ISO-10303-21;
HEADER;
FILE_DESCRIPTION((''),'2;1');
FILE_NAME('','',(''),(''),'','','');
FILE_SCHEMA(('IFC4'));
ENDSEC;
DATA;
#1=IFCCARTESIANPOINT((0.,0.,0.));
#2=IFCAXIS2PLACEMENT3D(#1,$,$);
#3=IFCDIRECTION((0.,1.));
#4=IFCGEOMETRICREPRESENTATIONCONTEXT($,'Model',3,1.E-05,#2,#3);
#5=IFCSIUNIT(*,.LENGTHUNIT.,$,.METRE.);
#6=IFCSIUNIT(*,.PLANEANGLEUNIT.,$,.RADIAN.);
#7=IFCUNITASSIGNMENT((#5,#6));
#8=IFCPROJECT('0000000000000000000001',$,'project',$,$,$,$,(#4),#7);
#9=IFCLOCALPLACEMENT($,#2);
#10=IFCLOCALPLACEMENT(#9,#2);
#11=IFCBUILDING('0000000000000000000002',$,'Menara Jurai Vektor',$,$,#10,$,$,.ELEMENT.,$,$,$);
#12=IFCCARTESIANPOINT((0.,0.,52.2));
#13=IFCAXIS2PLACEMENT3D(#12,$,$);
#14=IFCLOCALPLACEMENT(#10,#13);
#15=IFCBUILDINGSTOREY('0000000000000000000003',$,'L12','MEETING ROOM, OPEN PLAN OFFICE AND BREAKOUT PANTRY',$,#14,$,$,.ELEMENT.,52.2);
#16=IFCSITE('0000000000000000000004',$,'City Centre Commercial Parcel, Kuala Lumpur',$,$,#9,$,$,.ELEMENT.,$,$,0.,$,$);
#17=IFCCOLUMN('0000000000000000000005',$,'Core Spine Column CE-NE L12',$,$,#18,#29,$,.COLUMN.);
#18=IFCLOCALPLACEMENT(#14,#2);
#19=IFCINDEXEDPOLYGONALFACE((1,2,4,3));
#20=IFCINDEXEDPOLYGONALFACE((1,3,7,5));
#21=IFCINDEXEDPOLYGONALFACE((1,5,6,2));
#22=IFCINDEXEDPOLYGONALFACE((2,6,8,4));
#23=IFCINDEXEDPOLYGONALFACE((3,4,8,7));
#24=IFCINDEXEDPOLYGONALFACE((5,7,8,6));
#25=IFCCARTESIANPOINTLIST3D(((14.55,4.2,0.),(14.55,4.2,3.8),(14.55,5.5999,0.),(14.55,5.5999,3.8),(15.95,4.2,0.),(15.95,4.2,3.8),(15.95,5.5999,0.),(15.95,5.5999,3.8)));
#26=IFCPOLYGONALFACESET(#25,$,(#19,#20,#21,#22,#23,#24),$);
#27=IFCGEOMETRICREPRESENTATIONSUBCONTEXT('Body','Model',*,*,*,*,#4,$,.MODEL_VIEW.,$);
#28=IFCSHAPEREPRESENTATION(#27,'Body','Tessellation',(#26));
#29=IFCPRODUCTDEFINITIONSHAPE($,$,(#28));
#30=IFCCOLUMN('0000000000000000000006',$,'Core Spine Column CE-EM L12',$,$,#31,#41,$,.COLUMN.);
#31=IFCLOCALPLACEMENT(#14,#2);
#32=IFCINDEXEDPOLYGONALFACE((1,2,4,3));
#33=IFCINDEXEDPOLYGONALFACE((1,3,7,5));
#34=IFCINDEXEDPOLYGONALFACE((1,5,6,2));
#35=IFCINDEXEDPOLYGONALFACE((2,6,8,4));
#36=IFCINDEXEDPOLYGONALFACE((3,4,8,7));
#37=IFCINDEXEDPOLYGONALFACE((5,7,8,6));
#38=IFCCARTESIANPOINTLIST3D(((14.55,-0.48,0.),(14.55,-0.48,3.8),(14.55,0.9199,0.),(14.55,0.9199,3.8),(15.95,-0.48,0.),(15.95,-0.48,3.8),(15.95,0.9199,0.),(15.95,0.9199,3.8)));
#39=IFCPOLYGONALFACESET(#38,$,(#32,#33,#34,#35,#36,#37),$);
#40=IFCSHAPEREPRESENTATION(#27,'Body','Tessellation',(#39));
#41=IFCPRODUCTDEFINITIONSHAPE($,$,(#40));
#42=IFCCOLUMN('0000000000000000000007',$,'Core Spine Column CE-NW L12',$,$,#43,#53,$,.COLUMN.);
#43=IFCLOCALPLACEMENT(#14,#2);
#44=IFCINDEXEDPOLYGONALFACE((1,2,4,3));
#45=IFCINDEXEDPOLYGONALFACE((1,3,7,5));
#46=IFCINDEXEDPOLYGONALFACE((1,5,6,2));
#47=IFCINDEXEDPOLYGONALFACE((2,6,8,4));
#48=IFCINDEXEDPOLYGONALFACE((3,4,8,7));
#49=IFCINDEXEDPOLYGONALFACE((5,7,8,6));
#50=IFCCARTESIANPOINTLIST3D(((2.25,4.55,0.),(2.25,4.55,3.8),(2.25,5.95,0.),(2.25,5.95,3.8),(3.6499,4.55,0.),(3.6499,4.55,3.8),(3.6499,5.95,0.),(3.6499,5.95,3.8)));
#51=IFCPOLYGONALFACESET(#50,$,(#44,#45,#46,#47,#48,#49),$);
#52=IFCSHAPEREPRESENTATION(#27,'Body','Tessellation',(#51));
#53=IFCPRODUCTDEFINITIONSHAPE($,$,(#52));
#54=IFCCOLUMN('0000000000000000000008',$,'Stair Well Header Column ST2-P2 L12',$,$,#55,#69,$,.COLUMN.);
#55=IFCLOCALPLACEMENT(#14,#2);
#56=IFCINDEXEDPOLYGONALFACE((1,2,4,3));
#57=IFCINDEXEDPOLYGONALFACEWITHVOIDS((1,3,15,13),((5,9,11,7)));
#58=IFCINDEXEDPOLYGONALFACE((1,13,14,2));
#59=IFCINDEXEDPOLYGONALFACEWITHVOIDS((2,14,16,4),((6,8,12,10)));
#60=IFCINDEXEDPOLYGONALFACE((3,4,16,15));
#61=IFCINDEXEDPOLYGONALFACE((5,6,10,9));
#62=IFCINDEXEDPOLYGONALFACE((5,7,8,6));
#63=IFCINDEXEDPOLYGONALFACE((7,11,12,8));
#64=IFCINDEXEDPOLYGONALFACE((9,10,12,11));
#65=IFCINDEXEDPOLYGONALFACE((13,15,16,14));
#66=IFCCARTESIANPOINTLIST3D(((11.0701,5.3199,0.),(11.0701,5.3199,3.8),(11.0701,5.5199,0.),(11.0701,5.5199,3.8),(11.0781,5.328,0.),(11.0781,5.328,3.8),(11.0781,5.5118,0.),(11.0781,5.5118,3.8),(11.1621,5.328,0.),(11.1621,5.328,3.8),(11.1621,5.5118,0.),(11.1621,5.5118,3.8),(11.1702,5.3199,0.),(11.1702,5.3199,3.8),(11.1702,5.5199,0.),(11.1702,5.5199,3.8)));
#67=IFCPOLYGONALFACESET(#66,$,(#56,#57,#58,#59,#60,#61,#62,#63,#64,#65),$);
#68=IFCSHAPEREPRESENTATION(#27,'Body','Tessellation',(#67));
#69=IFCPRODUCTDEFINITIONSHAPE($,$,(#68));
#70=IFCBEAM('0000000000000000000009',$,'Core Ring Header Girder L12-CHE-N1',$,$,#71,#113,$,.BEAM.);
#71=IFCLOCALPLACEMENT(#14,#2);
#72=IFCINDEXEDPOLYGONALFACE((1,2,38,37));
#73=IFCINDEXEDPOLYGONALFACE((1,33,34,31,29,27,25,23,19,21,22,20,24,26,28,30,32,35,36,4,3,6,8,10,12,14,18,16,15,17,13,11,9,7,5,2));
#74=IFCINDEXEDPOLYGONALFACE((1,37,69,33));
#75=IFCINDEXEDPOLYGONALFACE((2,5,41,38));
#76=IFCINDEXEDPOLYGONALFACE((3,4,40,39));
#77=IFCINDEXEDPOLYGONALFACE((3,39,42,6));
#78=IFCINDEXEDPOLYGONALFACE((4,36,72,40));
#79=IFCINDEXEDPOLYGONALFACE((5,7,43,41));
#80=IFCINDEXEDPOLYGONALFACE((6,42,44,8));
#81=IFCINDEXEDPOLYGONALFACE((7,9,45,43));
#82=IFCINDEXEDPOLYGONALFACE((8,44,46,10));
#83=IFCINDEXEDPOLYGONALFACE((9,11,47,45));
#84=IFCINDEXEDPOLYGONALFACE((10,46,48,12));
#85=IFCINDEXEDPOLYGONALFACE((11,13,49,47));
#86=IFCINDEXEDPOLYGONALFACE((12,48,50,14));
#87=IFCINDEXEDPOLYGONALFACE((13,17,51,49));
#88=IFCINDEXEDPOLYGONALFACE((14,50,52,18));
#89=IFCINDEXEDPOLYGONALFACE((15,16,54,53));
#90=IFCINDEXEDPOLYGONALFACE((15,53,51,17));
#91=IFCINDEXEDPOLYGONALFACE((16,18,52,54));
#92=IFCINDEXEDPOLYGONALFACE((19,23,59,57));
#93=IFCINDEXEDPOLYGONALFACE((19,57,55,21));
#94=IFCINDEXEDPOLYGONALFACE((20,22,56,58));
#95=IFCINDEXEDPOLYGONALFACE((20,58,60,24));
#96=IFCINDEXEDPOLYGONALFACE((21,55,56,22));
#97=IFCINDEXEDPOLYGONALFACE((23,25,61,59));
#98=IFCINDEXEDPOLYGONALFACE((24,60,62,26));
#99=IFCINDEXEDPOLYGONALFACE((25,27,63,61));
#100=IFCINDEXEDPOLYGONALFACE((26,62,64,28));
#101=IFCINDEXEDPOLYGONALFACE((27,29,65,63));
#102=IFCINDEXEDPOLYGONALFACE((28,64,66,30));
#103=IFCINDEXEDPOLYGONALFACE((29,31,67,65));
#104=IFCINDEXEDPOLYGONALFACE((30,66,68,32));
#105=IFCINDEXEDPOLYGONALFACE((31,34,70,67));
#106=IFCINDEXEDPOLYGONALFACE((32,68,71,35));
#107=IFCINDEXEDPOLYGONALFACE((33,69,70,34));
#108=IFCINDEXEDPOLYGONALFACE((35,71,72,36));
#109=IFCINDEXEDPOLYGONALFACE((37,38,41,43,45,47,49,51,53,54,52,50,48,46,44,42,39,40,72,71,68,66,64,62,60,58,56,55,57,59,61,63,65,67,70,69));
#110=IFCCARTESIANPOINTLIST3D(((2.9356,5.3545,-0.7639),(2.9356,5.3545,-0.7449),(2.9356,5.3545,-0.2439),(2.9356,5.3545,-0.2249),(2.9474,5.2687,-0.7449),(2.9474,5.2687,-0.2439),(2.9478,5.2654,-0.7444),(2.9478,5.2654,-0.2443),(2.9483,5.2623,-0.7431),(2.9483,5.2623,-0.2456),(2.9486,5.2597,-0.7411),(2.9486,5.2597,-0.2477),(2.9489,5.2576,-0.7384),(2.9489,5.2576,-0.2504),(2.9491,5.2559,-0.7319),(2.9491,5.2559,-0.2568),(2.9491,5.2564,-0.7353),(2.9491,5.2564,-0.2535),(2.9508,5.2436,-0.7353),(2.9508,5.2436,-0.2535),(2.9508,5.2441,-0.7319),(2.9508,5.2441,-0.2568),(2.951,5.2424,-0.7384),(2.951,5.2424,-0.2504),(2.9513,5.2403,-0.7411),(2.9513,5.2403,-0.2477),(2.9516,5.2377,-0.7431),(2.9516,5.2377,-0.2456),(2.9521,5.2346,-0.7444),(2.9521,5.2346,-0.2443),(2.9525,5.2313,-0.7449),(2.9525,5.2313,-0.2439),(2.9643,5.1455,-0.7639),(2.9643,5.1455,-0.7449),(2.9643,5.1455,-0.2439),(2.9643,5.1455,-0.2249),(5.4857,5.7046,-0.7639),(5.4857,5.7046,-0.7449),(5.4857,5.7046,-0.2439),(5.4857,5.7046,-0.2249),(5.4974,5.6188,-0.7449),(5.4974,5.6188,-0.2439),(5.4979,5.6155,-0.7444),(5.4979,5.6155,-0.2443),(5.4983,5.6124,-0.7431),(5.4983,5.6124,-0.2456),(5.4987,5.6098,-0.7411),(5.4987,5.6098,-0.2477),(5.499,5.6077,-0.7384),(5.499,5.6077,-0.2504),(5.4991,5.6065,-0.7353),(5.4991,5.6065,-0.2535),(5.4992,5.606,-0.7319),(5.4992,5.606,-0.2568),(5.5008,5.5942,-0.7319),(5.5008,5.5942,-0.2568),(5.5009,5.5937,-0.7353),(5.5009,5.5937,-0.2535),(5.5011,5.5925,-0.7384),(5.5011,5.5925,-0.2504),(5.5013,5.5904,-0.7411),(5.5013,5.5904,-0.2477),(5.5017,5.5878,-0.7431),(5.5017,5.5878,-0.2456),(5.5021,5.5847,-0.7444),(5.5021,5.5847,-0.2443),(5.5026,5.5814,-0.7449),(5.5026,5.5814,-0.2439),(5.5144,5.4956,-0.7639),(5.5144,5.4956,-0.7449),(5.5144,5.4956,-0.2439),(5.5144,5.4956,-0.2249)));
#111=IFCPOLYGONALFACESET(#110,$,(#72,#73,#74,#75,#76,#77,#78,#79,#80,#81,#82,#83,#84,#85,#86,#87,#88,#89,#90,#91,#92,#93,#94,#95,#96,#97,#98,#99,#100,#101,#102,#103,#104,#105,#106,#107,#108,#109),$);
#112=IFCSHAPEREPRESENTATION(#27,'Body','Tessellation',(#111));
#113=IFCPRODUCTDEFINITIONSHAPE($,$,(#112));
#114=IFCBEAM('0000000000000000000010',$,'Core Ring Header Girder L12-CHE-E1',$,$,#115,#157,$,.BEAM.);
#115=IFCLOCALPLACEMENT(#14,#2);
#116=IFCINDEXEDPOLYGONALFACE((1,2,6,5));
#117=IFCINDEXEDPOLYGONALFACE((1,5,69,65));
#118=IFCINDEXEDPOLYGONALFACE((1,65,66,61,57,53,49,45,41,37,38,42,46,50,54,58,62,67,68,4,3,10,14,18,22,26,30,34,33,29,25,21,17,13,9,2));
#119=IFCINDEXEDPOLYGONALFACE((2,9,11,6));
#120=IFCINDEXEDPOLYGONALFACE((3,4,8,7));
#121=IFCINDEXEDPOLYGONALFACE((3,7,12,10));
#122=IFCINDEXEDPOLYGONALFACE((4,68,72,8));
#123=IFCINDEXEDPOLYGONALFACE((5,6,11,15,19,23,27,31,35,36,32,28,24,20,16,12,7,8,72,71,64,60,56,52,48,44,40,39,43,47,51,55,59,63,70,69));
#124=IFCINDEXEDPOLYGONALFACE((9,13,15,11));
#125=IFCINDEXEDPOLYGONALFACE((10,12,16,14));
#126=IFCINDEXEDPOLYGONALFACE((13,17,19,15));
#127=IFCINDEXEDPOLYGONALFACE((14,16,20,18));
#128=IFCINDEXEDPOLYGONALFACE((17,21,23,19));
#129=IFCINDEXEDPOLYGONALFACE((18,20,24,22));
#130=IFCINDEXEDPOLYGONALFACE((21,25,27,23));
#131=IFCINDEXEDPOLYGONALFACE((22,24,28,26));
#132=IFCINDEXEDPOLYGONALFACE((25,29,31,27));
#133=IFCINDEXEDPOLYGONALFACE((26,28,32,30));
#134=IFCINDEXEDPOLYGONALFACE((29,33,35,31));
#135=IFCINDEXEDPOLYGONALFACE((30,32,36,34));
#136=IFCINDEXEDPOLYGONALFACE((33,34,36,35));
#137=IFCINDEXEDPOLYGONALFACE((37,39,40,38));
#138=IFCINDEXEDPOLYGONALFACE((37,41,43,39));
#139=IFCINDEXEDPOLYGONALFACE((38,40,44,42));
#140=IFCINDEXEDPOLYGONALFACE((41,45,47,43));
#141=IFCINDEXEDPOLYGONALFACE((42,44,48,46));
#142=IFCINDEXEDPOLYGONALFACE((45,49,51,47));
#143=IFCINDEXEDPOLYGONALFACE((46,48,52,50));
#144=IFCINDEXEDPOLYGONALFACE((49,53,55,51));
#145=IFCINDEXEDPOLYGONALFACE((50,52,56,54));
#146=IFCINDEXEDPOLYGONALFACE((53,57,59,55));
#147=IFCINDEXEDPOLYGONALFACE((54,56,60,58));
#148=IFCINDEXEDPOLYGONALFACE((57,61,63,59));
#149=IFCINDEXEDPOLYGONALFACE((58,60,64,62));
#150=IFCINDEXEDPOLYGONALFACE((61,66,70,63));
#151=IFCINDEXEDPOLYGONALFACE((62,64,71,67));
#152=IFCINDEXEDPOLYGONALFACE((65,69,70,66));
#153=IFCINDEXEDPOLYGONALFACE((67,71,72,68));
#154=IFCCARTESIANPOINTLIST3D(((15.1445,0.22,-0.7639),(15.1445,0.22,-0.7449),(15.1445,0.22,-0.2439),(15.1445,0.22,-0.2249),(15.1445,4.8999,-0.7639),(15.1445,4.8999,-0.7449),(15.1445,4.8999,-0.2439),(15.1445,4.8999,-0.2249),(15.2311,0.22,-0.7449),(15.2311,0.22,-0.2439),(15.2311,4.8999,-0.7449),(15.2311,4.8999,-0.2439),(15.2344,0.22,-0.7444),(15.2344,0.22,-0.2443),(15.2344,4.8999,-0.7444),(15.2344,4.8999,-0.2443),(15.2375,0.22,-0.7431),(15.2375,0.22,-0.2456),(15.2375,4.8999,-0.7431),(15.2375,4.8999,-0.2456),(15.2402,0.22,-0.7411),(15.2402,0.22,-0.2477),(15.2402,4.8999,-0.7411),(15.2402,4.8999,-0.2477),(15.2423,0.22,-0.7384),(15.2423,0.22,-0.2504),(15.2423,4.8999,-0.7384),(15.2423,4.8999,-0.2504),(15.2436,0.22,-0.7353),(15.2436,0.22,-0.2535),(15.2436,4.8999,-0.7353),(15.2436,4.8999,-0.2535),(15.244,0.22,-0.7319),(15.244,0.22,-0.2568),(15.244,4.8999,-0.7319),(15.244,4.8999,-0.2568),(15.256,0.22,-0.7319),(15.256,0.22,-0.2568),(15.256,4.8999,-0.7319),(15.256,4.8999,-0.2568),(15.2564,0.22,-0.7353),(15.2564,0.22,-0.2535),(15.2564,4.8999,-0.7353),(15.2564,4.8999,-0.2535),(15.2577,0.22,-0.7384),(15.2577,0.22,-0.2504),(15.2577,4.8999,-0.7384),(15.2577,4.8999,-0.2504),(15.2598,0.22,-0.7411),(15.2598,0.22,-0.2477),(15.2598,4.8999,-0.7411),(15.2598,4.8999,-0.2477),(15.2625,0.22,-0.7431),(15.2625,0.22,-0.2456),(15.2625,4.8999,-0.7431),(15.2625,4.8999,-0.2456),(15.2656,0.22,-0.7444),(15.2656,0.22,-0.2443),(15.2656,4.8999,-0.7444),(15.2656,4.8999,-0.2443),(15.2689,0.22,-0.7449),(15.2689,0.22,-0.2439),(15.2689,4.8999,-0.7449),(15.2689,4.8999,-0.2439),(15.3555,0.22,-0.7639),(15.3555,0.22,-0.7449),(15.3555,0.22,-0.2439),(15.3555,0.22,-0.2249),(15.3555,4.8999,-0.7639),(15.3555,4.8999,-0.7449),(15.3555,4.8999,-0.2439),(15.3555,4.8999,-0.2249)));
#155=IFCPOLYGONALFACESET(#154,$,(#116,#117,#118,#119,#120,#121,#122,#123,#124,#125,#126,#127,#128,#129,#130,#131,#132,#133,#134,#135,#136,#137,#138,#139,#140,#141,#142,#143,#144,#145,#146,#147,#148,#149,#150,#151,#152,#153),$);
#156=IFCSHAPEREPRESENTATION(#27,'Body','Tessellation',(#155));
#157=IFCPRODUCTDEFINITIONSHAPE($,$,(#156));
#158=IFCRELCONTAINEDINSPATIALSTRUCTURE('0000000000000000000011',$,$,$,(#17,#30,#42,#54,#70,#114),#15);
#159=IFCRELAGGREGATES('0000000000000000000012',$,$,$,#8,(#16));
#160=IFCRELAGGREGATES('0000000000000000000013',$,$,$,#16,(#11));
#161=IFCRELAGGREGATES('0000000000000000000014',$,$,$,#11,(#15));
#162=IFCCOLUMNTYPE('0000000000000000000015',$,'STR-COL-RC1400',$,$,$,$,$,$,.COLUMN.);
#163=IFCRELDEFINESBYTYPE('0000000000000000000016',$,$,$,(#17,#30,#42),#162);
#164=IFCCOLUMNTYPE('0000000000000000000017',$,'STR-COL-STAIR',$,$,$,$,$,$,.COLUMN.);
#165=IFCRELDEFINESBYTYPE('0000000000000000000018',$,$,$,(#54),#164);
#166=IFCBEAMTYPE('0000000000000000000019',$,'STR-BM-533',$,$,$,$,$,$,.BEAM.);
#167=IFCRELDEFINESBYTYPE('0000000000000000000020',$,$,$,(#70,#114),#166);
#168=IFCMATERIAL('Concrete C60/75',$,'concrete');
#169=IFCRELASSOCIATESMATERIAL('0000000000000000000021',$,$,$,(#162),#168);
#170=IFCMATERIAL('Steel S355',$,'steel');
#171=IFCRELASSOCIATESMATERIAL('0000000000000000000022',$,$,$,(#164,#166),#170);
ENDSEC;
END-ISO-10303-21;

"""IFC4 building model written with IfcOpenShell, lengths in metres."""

from ifc_helpers import new_model, si_unit, direction, frame, origin, origin_2d, place, context, subcontext, project, spatial, rectangle, hollow_rectangle, i_section, extrude, material, material_profile, profile_set, type_object, element, save


model = new_model("IFC4")

# Units and contexts
model_context = context("Model", 3, precision=1e-05, world=origin(), true_north=direction((0.0, 1.0)))
body_context = subcontext(model_context, "Body", "Model", "MODEL_VIEW")
ifc_project = project(units=[si_unit("LENGTHUNIT", "METRE"), si_unit("PLANEANGLEUNIT", "RADIAN")], contexts=[model_context])

# Site, building, storey
site_placement = place(None, origin())
site = spatial("IfcSite", under=ifc_project, at=site_placement, Name="City Centre Commercial Parcel, Kuala Lumpur", CompositionType="ELEMENT", RefElevation=0.0)
building_placement = place(site_placement, origin())
building = spatial("IfcBuilding", under=site, at=building_placement, Name="Menara Jurai Vektor", CompositionType="ELEMENT")
storey_placement = place(building_placement, frame((0.0, 0.0, 52.2)))
storey = spatial("IfcBuildingStorey", under=building, at=storey_placement, Name="L12", Description="MEETING ROOM, OPEN PLAN OFFICE AND BREAKOUT PANTRY", CompositionType="ELEMENT", Elevation=52.2)

# Columns
ifc_material_1 = material(Name="Concrete C60/75", Category="concrete")
ifc_material_profile_1 = material_profile(ifc_material_1, rectangle(XDim=1.3999, YDim=1.3999, at=origin_2d()), Name="RC 1400x1400")
ifc_profile_set_1 = profile_set([ifc_material_profile_1], Name="Concrete C60/75")
column_type_1 = type_object("IfcColumnType", Name="STR-COL-RC1400", PredefinedType="COLUMN", material=ifc_profile_set_1)
for number, where, z_axis, x_axis, name in (
    (1, (15.25, 4.8999, 0.0), (0.0, 0.0, 1.0), (1.0, 0.0, 0.0), "Core Spine Column CE-NE L12"),
    (2, (15.25, 0.22, 0.0), (0.0, 0.0, 1.0), (1.0, 0.0, 0.0), "Core Spine Column CE-EM L12"),
    (3, (2.95, 5.25, 0.0), (0.0, 0.0, 1.0), (1.0, 0.0, 0.0), "Core Spine Column CE-NW L12"),
):
    element("IfcColumn", number, at=place(storey_placement, frame(where, z_axis=z_axis, x_axis=x_axis)), inside=storey, type_object=column_type_1, Name=name, PredefinedType="COLUMN", context=body_context, shape_type="SweptSolid", body=[
        extrude(rectangle(XDim=1.3999, YDim=1.3999, at=origin_2d()), origin(), (0.0, 0.0, 1.0), 3.8),
    ])
ifc_material_2 = material(Name="Steel S355", Category="steel")
ifc_material_profile_2 = material_profile(ifc_material_2, hollow_rectangle(XDim=0.1001, YDim=0.2, WallThickness=0.0081, at=origin_2d()), Name="RHS 200x100x8")
ifc_profile_set_2 = profile_set([ifc_material_profile_2], Name="Steel S355")
column_type_2 = type_object("IfcColumnType", Name="STR-COL-STAIR", PredefinedType="COLUMN", material=ifc_profile_set_2)
column_placement = place(storey_placement, frame((11.1201, 5.4199, 0.0), z_axis=(0.0, 0.0, 1.0), x_axis=(1.0, 0.0, 0.0)))
element("IfcColumn", 4, at=column_placement, inside=storey, type_object=column_type_2, Name="Stair Well Header Column ST2-P2 L12", PredefinedType="COLUMN", context=body_context, shape_type="SweptSolid", body=[
    extrude(hollow_rectangle(XDim=0.1001, YDim=0.2, WallThickness=0.0081, at=origin_2d()), origin(), (0.0, 0.0, 1.0), 3.8),
])

# Beams
ifc_material_profile_3 = material_profile(ifc_material_2, i_section(OverallWidth=0.2109, OverallDepth=0.5391, WebThickness=0.012, FlangeThickness=0.019, FilletRadius=0.0129, at=origin_2d()), Name="UKB 533x210x109")
ifc_profile_set_3 = profile_set([ifc_material_profile_3], Name="Steel S355")
beam_type_1 = type_object("IfcBeamType", Name="STR-BM-533", PredefinedType="BEAM", material=ifc_profile_set_3)
beam_1_placement = place(storey_placement, frame((2.95, 5.25, -0.4944), z_axis=(0.990707, 0.136015, 0.0), x_axis=(-0.136015, 0.990707, 0.0)))
element("IfcBeam", 5, at=beam_1_placement, inside=storey, type_object=beam_type_1, Name="Core Ring Header Girder L12-CHE-N1", PredefinedType="BEAM", context=body_context, shape_type="SweptSolid", body=[
    extrude(i_section(OverallWidth=0.2109, OverallDepth=0.5391, WebThickness=0.012, FlangeThickness=0.019, FilletRadius=0.0129, at=origin_2d()), origin(), (0.0, 0.0, 1.0), 2.574),
])
beam_2_placement = place(storey_placement, frame((15.25, 0.22, -0.4944), z_axis=(0.0, 1.0, 0.0), x_axis=(-1.0, 0.0, 0.0)))
element("IfcBeam", 6, at=beam_2_placement, inside=storey, type_object=beam_type_1, Name="Core Ring Header Girder L12-CHE-E1", PredefinedType="BEAM", context=body_context, shape_type="SweptSolid", body=[
    extrude(i_section(OverallWidth=0.2109, OverallDepth=0.5391, WebThickness=0.012, FlangeThickness=0.019, FilletRadius=0.0129, at=origin_2d()), origin(), (0.0, 0.0, 1.0), 4.6799),
])

save(model, "model.ifc")
